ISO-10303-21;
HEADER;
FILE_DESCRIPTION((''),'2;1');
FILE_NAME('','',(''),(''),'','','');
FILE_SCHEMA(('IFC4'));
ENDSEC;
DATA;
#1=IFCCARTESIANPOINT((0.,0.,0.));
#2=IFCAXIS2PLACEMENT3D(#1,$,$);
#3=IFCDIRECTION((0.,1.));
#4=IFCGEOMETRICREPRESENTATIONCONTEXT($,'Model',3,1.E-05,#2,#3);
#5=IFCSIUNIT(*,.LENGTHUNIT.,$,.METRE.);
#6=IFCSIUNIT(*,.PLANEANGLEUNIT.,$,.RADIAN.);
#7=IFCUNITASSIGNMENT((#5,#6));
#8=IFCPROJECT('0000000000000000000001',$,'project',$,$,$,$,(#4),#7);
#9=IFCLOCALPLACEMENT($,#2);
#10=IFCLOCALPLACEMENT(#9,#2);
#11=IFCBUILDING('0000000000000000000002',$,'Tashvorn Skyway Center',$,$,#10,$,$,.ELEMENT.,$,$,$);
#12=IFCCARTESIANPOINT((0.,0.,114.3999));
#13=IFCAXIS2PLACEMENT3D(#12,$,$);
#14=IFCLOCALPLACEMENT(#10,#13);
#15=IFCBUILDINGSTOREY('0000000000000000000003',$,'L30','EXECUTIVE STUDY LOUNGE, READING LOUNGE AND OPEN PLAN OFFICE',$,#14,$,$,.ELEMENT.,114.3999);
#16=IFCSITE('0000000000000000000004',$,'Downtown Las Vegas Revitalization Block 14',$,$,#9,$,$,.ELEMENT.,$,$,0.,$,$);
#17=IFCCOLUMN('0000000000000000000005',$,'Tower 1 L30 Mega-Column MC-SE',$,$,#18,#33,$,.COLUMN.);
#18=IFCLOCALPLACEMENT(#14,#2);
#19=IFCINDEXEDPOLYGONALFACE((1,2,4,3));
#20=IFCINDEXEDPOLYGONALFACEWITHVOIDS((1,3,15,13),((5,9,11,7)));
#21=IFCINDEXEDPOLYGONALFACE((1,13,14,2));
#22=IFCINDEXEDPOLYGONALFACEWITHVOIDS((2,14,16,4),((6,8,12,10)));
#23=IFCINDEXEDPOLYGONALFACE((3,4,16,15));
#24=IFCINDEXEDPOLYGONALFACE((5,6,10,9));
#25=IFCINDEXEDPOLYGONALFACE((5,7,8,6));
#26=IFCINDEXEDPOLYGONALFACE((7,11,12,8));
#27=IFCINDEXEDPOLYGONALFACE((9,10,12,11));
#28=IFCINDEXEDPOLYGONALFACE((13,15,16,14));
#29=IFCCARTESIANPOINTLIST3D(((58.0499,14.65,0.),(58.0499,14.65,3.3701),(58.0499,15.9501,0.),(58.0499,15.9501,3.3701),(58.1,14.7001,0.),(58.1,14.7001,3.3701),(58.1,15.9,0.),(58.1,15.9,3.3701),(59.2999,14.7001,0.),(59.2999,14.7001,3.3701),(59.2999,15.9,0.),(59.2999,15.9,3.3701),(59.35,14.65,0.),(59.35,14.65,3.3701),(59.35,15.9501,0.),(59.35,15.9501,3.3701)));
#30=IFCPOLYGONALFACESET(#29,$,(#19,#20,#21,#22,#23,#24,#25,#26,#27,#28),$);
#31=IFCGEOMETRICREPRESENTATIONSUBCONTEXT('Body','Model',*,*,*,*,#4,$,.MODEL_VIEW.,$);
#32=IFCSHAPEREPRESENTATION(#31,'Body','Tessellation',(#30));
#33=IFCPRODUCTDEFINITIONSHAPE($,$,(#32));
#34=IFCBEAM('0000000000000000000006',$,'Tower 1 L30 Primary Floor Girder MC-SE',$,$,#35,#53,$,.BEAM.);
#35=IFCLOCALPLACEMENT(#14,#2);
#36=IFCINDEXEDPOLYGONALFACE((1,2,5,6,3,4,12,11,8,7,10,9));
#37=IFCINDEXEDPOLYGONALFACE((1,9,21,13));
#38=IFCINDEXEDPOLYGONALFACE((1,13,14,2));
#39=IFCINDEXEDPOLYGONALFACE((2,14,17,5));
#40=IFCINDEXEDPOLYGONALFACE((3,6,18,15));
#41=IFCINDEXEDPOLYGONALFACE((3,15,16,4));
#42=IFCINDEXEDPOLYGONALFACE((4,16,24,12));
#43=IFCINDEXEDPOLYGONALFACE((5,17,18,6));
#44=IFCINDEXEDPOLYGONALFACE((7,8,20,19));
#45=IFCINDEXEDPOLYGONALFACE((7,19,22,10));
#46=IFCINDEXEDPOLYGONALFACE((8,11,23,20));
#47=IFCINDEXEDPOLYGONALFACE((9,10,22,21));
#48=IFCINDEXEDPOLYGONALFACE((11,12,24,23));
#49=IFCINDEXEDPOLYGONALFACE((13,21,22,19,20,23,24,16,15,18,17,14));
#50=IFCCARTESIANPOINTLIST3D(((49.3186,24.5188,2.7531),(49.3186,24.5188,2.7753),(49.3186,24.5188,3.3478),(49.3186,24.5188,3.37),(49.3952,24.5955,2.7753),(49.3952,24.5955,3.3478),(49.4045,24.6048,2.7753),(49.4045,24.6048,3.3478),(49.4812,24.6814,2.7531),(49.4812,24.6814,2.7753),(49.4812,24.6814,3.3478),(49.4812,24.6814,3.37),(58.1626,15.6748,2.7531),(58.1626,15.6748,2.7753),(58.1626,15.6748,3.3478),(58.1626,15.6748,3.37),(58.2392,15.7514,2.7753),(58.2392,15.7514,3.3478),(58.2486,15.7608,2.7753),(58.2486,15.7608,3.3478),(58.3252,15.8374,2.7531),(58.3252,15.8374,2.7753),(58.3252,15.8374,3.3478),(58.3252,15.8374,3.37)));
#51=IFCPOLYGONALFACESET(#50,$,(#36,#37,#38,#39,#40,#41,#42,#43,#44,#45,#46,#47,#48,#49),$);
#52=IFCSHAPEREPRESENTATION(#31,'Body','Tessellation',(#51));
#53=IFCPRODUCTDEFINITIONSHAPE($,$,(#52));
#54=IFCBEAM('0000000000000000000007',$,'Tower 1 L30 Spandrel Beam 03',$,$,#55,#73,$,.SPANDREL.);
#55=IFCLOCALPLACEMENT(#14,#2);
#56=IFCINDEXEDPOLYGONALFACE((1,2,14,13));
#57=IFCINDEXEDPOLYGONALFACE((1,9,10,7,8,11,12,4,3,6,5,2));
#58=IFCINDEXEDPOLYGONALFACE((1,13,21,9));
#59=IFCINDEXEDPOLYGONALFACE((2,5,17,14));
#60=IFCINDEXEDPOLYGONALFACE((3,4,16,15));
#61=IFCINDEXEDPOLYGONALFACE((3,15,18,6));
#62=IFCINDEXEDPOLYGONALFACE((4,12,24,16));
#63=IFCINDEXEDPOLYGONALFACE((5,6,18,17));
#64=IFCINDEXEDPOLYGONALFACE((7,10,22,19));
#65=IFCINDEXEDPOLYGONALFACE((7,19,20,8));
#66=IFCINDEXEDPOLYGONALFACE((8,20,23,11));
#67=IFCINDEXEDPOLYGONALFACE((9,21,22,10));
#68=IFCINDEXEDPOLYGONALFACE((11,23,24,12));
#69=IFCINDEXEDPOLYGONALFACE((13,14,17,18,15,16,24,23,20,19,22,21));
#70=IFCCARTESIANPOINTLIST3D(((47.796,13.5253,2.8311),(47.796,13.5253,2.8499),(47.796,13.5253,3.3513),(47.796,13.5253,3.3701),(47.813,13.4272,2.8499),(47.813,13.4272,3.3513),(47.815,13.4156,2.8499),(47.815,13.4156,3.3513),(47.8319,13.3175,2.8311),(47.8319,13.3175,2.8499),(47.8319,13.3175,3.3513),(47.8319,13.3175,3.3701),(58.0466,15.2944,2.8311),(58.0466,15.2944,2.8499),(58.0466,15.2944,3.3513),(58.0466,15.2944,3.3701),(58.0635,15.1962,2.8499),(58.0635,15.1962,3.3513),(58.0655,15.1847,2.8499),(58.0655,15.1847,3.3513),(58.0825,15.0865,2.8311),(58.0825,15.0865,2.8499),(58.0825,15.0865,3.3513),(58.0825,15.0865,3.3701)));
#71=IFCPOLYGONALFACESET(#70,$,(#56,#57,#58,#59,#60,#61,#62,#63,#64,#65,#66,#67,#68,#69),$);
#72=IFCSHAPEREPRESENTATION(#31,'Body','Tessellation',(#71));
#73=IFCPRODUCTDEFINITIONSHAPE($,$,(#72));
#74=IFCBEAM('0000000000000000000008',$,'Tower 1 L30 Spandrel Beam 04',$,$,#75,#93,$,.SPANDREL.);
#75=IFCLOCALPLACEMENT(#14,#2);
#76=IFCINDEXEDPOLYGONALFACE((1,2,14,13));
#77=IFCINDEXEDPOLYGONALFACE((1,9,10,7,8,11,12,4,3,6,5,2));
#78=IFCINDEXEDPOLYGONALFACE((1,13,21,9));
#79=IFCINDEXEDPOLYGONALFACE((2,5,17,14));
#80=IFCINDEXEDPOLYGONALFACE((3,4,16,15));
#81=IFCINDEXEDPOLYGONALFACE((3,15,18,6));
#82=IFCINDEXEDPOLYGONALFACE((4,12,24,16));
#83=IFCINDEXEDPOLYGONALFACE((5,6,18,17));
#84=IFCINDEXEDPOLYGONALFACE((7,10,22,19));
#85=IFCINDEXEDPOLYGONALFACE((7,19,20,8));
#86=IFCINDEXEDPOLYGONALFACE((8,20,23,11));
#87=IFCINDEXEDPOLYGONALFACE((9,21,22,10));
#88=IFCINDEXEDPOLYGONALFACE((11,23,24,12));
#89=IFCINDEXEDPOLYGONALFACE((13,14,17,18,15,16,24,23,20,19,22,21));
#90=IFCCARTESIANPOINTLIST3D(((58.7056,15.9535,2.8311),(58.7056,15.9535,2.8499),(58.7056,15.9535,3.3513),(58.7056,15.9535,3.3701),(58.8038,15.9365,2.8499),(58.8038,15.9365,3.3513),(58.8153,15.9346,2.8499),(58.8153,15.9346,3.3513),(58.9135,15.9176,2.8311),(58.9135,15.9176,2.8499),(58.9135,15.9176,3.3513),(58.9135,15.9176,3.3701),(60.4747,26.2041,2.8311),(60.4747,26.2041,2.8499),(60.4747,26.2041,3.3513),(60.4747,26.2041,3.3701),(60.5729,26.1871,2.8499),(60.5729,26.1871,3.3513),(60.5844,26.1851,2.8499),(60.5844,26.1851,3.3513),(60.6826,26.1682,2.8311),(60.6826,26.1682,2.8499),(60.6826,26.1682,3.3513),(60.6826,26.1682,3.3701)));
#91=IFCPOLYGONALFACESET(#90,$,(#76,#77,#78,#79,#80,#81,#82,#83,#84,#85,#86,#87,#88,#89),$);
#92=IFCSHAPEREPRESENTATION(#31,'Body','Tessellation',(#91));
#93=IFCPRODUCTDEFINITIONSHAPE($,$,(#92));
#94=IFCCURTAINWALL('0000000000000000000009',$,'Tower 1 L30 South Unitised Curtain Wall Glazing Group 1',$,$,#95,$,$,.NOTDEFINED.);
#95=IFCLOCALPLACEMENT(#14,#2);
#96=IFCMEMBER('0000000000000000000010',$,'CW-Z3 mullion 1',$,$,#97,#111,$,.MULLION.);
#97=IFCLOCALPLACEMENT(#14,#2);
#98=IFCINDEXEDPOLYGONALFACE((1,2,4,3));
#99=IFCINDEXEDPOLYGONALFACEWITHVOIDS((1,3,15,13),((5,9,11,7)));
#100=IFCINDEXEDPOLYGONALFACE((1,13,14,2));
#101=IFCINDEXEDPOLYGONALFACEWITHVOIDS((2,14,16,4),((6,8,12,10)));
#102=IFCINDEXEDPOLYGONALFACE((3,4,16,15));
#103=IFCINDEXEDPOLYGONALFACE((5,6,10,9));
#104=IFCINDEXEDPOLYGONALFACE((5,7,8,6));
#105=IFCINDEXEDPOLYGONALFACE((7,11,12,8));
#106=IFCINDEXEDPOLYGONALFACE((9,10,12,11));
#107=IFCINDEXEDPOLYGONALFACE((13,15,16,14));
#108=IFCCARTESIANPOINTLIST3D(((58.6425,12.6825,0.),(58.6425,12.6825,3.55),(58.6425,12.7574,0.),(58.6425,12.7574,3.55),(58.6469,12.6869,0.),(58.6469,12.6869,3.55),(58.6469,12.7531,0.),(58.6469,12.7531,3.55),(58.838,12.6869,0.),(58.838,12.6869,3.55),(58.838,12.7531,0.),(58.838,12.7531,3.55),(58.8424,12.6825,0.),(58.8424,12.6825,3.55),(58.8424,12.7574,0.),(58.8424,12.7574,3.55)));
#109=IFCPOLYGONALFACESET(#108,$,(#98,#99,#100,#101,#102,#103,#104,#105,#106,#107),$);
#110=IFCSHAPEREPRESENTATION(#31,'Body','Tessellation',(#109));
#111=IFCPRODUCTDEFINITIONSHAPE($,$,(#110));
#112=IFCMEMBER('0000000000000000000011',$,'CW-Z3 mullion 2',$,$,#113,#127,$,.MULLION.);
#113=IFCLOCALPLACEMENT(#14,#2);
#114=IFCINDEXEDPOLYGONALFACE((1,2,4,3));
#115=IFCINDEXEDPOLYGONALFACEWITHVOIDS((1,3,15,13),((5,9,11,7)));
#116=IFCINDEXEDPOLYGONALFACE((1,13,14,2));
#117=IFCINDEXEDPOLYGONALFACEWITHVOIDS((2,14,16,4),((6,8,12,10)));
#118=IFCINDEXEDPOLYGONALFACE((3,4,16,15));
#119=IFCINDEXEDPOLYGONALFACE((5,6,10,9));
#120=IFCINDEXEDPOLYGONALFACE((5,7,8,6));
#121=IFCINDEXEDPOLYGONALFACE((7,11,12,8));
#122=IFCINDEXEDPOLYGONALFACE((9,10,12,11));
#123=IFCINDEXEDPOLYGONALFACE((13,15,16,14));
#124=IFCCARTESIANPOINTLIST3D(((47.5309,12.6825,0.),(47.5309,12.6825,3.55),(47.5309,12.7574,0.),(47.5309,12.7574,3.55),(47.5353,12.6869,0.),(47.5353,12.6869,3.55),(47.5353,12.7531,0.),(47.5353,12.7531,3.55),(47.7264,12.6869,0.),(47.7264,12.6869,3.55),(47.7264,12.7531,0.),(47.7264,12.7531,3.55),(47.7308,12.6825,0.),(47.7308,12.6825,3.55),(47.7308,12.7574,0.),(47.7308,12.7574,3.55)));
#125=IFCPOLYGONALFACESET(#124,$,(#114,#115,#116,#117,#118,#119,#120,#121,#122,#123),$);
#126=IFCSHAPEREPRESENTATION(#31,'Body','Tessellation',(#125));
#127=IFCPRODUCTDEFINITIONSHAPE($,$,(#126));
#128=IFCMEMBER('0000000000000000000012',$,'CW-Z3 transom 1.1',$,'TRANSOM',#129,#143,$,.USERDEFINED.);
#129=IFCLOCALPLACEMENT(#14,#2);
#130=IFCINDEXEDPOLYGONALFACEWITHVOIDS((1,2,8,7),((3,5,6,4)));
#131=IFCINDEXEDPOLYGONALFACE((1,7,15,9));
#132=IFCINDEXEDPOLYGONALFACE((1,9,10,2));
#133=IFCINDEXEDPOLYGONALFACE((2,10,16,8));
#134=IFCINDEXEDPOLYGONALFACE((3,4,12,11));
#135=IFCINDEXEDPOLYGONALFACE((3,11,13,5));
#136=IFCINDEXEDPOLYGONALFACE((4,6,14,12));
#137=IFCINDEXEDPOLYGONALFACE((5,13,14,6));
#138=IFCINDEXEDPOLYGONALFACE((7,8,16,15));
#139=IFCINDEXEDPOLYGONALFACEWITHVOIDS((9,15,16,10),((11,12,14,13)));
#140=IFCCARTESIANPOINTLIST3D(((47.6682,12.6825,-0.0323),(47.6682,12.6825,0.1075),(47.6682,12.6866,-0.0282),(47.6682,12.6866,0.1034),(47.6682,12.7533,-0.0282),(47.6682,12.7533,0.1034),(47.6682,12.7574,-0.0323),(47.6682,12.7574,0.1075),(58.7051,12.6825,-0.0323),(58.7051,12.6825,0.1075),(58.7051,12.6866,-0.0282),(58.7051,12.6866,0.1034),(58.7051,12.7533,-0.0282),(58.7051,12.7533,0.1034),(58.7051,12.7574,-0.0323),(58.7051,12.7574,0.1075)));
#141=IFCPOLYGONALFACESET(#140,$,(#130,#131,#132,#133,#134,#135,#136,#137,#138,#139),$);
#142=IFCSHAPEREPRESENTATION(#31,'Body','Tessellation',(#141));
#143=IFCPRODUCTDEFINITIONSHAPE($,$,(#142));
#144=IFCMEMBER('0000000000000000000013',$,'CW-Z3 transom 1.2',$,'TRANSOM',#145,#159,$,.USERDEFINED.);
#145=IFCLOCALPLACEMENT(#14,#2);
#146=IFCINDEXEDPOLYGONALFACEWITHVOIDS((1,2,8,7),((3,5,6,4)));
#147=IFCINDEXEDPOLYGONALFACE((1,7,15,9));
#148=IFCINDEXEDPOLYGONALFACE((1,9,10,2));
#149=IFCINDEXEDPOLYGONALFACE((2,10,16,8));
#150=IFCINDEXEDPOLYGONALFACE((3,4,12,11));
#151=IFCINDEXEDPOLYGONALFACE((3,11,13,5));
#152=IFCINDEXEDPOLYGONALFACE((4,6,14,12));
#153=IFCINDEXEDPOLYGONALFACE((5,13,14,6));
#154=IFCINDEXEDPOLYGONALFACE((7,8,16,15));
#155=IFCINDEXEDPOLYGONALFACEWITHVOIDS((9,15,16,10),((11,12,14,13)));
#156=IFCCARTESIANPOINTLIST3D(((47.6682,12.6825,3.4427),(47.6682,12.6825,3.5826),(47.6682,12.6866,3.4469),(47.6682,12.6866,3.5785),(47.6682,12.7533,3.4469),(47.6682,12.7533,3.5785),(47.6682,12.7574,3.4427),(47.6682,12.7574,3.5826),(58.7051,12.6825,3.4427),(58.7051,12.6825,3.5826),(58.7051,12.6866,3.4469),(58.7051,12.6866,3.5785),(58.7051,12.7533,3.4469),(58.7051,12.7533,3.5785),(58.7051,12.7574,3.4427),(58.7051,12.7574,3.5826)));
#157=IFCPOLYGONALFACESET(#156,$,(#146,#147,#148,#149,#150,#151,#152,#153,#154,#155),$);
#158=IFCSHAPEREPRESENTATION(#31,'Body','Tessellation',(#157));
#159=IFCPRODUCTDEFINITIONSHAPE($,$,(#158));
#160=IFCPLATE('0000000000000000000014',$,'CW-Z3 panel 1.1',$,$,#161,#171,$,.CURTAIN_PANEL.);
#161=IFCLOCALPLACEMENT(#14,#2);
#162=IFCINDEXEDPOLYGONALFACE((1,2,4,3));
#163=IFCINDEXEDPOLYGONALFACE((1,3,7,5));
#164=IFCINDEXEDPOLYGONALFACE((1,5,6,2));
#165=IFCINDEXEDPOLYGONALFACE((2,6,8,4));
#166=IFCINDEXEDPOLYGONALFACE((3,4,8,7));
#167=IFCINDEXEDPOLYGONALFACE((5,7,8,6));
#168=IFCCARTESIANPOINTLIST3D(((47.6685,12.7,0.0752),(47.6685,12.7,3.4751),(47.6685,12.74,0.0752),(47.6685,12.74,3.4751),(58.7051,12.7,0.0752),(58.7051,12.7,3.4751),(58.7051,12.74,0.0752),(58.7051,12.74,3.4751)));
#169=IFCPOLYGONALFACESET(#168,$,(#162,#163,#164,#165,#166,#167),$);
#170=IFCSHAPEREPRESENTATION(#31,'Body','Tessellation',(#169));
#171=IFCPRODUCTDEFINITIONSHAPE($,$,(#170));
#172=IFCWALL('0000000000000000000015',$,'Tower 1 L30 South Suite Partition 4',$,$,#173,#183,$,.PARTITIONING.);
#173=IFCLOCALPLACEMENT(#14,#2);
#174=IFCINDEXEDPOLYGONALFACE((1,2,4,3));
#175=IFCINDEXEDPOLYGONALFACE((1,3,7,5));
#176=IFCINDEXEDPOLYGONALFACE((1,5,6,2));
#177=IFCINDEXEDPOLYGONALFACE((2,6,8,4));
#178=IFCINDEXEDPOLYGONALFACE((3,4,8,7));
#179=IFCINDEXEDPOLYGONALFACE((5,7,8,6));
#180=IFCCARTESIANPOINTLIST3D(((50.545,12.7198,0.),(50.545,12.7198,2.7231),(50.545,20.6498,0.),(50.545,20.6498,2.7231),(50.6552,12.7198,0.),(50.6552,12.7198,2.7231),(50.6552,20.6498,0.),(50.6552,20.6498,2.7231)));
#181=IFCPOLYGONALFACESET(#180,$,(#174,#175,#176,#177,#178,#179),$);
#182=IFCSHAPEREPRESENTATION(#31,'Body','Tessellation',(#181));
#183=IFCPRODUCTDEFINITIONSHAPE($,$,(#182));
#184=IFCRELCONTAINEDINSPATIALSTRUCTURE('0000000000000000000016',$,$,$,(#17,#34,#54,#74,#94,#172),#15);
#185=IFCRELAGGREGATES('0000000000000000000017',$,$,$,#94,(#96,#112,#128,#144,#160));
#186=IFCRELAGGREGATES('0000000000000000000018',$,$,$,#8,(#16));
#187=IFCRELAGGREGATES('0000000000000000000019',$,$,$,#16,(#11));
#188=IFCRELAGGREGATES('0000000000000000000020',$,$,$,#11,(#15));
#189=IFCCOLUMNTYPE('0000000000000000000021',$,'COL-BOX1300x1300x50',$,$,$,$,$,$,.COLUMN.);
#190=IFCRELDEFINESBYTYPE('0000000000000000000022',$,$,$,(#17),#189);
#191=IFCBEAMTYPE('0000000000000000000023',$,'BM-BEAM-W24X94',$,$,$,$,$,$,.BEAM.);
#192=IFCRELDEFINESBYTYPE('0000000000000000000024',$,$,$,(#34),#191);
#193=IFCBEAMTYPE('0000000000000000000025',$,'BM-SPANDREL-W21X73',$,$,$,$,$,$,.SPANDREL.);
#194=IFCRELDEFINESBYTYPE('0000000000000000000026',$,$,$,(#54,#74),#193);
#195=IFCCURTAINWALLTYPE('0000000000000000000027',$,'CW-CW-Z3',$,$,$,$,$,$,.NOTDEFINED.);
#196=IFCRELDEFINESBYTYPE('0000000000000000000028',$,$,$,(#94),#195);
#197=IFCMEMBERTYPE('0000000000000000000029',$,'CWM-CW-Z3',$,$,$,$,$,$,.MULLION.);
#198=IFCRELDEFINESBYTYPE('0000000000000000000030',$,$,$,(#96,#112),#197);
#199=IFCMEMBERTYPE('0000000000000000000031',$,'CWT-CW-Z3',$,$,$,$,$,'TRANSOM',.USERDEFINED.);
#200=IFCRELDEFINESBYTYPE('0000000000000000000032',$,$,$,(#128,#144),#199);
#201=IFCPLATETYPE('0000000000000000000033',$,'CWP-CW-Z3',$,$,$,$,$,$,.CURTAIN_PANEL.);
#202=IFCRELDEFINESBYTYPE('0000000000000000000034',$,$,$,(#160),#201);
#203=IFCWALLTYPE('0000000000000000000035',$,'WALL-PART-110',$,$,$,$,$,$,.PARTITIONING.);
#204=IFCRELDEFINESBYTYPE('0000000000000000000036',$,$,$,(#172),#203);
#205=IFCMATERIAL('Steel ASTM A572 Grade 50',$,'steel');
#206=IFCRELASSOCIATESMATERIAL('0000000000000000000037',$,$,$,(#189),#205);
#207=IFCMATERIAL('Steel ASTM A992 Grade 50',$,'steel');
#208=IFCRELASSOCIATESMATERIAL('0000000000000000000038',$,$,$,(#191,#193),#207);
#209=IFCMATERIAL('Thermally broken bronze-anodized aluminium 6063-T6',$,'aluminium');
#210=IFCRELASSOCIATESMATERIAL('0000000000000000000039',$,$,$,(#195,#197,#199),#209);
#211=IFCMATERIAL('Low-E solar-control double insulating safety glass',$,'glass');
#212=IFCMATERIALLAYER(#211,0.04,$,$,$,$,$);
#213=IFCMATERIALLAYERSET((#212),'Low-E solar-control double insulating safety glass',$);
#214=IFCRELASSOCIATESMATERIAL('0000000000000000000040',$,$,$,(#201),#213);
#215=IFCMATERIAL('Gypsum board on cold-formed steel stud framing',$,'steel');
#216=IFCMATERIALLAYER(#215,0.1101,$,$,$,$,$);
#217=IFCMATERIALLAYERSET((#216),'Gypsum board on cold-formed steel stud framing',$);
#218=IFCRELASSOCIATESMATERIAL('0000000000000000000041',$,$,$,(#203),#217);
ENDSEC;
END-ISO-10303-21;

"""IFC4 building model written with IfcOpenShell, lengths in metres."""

from ifc_helpers import new_model, si_unit, direction, frame, frame_2d, origin, origin_2d, place, context, subcontext, project, spatial, rectangle, hollow_rectangle, i_section, extrude, material, layer, layer_set, material_profile, profile_set, type_object, element, aggregate, save


model = new_model("IFC4")

# Units and contexts
model_context = context("Model", 3, precision=1e-05, world=origin(), true_north=direction((0.0, 1.0)))
body_context = subcontext(model_context, "Body", "Model", "MODEL_VIEW")
ifc_project = project(units=[si_unit("LENGTHUNIT", "METRE"), si_unit("PLANEANGLEUNIT", "RADIAN")], contexts=[model_context])

# Site, building, storey
site_placement = place(None, origin())
site = spatial("IfcSite", under=ifc_project, at=site_placement, Name="Downtown Las Vegas Revitalization Block 14", CompositionType="ELEMENT", RefElevation=0.0)
building_placement = place(site_placement, origin())
building = spatial("IfcBuilding", under=site, at=building_placement, Name="Tashvorn Skyway Center", CompositionType="ELEMENT")
storey_placement = place(building_placement, frame((0.0, 0.0, 114.3999)))
storey = spatial("IfcBuildingStorey", under=building, at=storey_placement, Name="L30", Description="EXECUTIVE STUDY LOUNGE, READING LOUNGE AND OPEN PLAN OFFICE", CompositionType="ELEMENT", Elevation=114.3999)

# Column
ifc_material_1 = material(Name="Steel ASTM A572 Grade 50", Category="steel")
ifc_material_profile_1 = material_profile(ifc_material_1, hollow_rectangle(XDim=1.3, YDim=1.3, WallThickness=0.05, at=origin_2d()), Name="BOX1300x1300x50")
ifc_profile_set_1 = profile_set([ifc_material_profile_1], Name="Steel ASTM A572 Grade 50")
column_type = type_object("IfcColumnType", Name="COL-BOX1300x1300x50", PredefinedType="COLUMN", material=ifc_profile_set_1)
column_placement = place(storey_placement, frame((58.7, 15.3, 0.0), z_axis=(0.0, 0.0, 1.0), x_axis=(1.0, 0.0, 0.0)))
element("IfcColumn", 1, at=column_placement, inside=storey, type_object=column_type, Name="Tower 1 L30 Mega-Column MC-SE", PredefinedType="COLUMN", context=body_context, shape_type="SweptSolid", body=[
    extrude(hollow_rectangle(XDim=1.3, YDim=1.3, WallThickness=0.05, at=origin_2d()), origin(), (0.0, 0.0, 1.0), 3.3701),
])

# Beams
ifc_material_2 = material(Name="Steel ASTM A992 Grade 50", Category="steel")
ifc_material_profile_2 = material_profile(ifc_material_2, i_section(OverallWidth=0.23, OverallDepth=0.6169, WebThickness=0.0132, FlangeThickness=0.0222, at=origin_2d()), Name="W24X94")
ifc_profile_set_2 = profile_set([ifc_material_profile_2], Name="Steel ASTM A992 Grade 50")
beam_type_1 = type_object("IfcBeamType", Name="BM-BEAM-W24X94", PredefinedType="BEAM", material=ifc_profile_set_2)
beam_placement = place(storey_placement, frame((58.2439, 15.7561, 3.0615), z_axis=(-0.707107, 0.707107, 0.0), x_axis=(-0.707107, -0.707107, 0.0)))
element("IfcBeam", 2, at=beam_placement, inside=storey, type_object=beam_type_1, Name="Tower 1 L30 Primary Floor Girder MC-SE", PredefinedType="BEAM", context=body_context, shape_type="SweptSolid", body=[
    extrude(i_section(OverallWidth=0.23, OverallDepth=0.6169, WebThickness=0.0132, FlangeThickness=0.0222, at=origin_2d()), origin(), (0.0, 0.0, 1.0), 12.5073),
])
ifc_material_profile_3 = material_profile(ifc_material_2, i_section(OverallWidth=0.2109, OverallDepth=0.5391, WebThickness=0.0117, FlangeThickness=0.0188, at=origin_2d()), Name="W21X73")
ifc_profile_set_3 = profile_set([ifc_material_profile_3], Name="Steel ASTM A992 Grade 50")
beam_type_2 = type_object("IfcBeamType", Name="BM-SPANDREL-W21X73", PredefinedType="SPANDREL", material=ifc_profile_set_3)
for number, where, z_axis, x_axis, name in (
    (3, (47.814, 13.4214, 3.1006), (0.985432, 0.170067, 0.0), (-0.170067, 0.985432, 0.0), "Tower 1 L30 Spandrel Beam 03"),
    (4, (58.8096, 15.9355, 3.1006), (0.170067, 0.985432, 0.0), (-0.985432, 0.170067, 0.0), "Tower 1 L30 Spandrel Beam 04"),
):
    element("IfcBeam", number, at=place(storey_placement, frame(where, z_axis=z_axis, x_axis=x_axis)), inside=storey, type_object=beam_type_2, Name=name, PredefinedType="SPANDREL", context=body_context, shape_type="SweptSolid", body=[
        extrude(i_section(OverallWidth=0.2109, OverallDepth=0.5391, WebThickness=0.0117, FlangeThickness=0.0188, at=origin_2d()), origin(), (0.0, 0.0, 1.0), 10.4021),
    ])

# Curtain wall, members, plate
ifc_material_3 = material(Name="Thermally broken bronze-anodized aluminium 6063-T6", Category="aluminium")
curtain_wall_type = type_object("IfcCurtainWallType", Name="CW-CW-Z3", PredefinedType="NOTDEFINED", material=ifc_material_3)
curtain_wall_placement = place(storey_placement, origin())
curtain_wall = element("IfcCurtainWall", 5, at=curtain_wall_placement, inside=storey, type_object=curtain_wall_type, Name="Tower 1 L30 South Unitised Curtain Wall Glazing Group 1", PredefinedType="NOTDEFINED")
ifc_material_profile_4 = material_profile(ifc_material_3, hollow_rectangle(XDim=0.075, YDim=0.2, WallThickness=0.0044, at=origin_2d()), Name="ALU-MULL-75x200")
ifc_profile_set_4 = profile_set([ifc_material_profile_4], Name="Thermally broken bronze-anodized aluminium 6063-T6")
member_type_1 = type_object("IfcMemberType", Name="CWM-CW-Z3", PredefinedType="MULLION", material=ifc_profile_set_4)
member_1_placement = place(storey_placement, frame((58.7424, 12.72, 0.0), z_axis=(0.0, 0.0, 1.0), x_axis=(0.0, -1.0, 0.0)))
member_1 = element("IfcMember", 6, at=member_1_placement, type_object=member_type_1, Name="CW-Z3 mullion 1", PredefinedType="MULLION", context=body_context, shape_type="SweptSolid", body=[
    extrude(hollow_rectangle(XDim=0.075, YDim=0.2, WallThickness=0.0044, at=origin_2d()), origin(), (0.0, 0.0, 1.0), 3.55),
])
member_2_placement = place(storey_placement, frame((47.6309, 12.72, 0.0), z_axis=(0.0, 0.0, 1.0), x_axis=(0.0, -1.0, 0.0)))
member_2 = element("IfcMember", 7, at=member_2_placement, type_object=member_type_1, Name="CW-Z3 mullion 2", PredefinedType="MULLION", context=body_context, shape_type="SweptSolid", body=[
    extrude(hollow_rectangle(XDim=0.075, YDim=0.2, WallThickness=0.0044, at=origin_2d()), origin(), (0.0, 0.0, 1.0), 3.55),
])
ifc_material_profile_5 = material_profile(ifc_material_3, hollow_rectangle(XDim=0.075, YDim=0.1399, WallThickness=0.0042, at=origin_2d()), Name="ALU-TRAN-75x140")
ifc_profile_set_5 = profile_set([ifc_material_profile_5], Name="Thermally broken bronze-anodized aluminium 6063-T6")
member_type_2 = type_object("IfcMemberType", Name="CWT-CW-Z3", ElementType="TRANSOM", PredefinedType="USERDEFINED", material=ifc_profile_set_5)
member_3_placement = place(storey_placement, frame((58.7051, 12.72, 0.0376), z_axis=(-1.0, 0.0, 0.0), x_axis=(0.0, -1.0, 0.0)))
member_3 = element("IfcMember", 8, at=member_3_placement, type_object=member_type_2, Name="CW-Z3 transom 1.1", ObjectType="TRANSOM", PredefinedType="USERDEFINED", context=body_context, shape_type="SweptSolid", body=[
    extrude(hollow_rectangle(XDim=0.075, YDim=0.1399, WallThickness=0.0042, at=origin_2d()), origin(), (0.0, 0.0, 1.0), 11.0369),
])
member_4_placement = place(storey_placement, frame((58.7051, 12.72, 3.5127), z_axis=(-1.0, 0.0, 0.0), x_axis=(0.0, -1.0, 0.0)))
member_4 = element("IfcMember", 9, at=member_4_placement, type_object=member_type_2, Name="CW-Z3 transom 1.2", ObjectType="TRANSOM", PredefinedType="USERDEFINED", context=body_context, shape_type="SweptSolid", body=[
    extrude(hollow_rectangle(XDim=0.075, YDim=0.1399, WallThickness=0.0042, at=origin_2d()), origin(), (0.0, 0.0, 1.0), 11.0369),
])
ifc_material_4 = material(Name="Low-E solar-control double insulating safety glass", Category="glass")
ifc_layer_1 = layer(ifc_material_4, 0.04)
ifc_layer_set_1 = layer_set([ifc_layer_1], Name="Low-E solar-control double insulating safety glass")
plate_type = type_object("IfcPlateType", Name="CWP-CW-Z3", PredefinedType="CURTAIN_PANEL", material=ifc_layer_set_1)
plate_placement = place(storey_placement, frame((53.1868, 12.72, 0.0752), z_axis=(0.0, 0.0, 1.0), x_axis=(-1.0, 0.0, 0.0)))
plate = element("IfcPlate", 10, at=plate_placement, type_object=plate_type, Name="CW-Z3 panel 1.1", PredefinedType="CURTAIN_PANEL", context=body_context, shape_type="SweptSolid", body=[
    extrude(rectangle(XDim=11.0366, YDim=0.04, at=origin_2d()), origin(), (0.0, 0.0, 1.0), 3.3999),
])
aggregate(curtain_wall, [member_1, member_2, member_3, member_4, plate])

# Wall
ifc_material_5 = material(Name="Gypsum board on cold-formed steel stud framing", Category="steel")
ifc_layer_2 = layer(ifc_material_5, 0.1101)
ifc_layer_set_2 = layer_set([ifc_layer_2], Name="Gypsum board on cold-formed steel stud framing")
wall_type_1 = type_object("IfcWallType", Name="WALL-PART-110", PredefinedType="PARTITIONING", material=ifc_layer_set_2)
wall_1_placement = place(storey_placement, frame((50.6001, 12.72, 0.0), z_axis=(0.0, 0.0, 1.0), x_axis=(0.0, 1.0, 0.0)))
element("IfcWall", 11, at=wall_1_placement, inside=storey, type_object=wall_type_1, Name="Tower 1 L30 South Suite Partition 4", PredefinedType="PARTITIONING", context=body_context, shape_type="SweptSolid", body=[
    extrude(rectangle(XDim=7.9299, YDim=0.1101, at=frame_2d((3.9648, 0.0))), origin(), (0.0, 0.0, 1.0), 2.7231),
])

save(model, "model.ifc")
